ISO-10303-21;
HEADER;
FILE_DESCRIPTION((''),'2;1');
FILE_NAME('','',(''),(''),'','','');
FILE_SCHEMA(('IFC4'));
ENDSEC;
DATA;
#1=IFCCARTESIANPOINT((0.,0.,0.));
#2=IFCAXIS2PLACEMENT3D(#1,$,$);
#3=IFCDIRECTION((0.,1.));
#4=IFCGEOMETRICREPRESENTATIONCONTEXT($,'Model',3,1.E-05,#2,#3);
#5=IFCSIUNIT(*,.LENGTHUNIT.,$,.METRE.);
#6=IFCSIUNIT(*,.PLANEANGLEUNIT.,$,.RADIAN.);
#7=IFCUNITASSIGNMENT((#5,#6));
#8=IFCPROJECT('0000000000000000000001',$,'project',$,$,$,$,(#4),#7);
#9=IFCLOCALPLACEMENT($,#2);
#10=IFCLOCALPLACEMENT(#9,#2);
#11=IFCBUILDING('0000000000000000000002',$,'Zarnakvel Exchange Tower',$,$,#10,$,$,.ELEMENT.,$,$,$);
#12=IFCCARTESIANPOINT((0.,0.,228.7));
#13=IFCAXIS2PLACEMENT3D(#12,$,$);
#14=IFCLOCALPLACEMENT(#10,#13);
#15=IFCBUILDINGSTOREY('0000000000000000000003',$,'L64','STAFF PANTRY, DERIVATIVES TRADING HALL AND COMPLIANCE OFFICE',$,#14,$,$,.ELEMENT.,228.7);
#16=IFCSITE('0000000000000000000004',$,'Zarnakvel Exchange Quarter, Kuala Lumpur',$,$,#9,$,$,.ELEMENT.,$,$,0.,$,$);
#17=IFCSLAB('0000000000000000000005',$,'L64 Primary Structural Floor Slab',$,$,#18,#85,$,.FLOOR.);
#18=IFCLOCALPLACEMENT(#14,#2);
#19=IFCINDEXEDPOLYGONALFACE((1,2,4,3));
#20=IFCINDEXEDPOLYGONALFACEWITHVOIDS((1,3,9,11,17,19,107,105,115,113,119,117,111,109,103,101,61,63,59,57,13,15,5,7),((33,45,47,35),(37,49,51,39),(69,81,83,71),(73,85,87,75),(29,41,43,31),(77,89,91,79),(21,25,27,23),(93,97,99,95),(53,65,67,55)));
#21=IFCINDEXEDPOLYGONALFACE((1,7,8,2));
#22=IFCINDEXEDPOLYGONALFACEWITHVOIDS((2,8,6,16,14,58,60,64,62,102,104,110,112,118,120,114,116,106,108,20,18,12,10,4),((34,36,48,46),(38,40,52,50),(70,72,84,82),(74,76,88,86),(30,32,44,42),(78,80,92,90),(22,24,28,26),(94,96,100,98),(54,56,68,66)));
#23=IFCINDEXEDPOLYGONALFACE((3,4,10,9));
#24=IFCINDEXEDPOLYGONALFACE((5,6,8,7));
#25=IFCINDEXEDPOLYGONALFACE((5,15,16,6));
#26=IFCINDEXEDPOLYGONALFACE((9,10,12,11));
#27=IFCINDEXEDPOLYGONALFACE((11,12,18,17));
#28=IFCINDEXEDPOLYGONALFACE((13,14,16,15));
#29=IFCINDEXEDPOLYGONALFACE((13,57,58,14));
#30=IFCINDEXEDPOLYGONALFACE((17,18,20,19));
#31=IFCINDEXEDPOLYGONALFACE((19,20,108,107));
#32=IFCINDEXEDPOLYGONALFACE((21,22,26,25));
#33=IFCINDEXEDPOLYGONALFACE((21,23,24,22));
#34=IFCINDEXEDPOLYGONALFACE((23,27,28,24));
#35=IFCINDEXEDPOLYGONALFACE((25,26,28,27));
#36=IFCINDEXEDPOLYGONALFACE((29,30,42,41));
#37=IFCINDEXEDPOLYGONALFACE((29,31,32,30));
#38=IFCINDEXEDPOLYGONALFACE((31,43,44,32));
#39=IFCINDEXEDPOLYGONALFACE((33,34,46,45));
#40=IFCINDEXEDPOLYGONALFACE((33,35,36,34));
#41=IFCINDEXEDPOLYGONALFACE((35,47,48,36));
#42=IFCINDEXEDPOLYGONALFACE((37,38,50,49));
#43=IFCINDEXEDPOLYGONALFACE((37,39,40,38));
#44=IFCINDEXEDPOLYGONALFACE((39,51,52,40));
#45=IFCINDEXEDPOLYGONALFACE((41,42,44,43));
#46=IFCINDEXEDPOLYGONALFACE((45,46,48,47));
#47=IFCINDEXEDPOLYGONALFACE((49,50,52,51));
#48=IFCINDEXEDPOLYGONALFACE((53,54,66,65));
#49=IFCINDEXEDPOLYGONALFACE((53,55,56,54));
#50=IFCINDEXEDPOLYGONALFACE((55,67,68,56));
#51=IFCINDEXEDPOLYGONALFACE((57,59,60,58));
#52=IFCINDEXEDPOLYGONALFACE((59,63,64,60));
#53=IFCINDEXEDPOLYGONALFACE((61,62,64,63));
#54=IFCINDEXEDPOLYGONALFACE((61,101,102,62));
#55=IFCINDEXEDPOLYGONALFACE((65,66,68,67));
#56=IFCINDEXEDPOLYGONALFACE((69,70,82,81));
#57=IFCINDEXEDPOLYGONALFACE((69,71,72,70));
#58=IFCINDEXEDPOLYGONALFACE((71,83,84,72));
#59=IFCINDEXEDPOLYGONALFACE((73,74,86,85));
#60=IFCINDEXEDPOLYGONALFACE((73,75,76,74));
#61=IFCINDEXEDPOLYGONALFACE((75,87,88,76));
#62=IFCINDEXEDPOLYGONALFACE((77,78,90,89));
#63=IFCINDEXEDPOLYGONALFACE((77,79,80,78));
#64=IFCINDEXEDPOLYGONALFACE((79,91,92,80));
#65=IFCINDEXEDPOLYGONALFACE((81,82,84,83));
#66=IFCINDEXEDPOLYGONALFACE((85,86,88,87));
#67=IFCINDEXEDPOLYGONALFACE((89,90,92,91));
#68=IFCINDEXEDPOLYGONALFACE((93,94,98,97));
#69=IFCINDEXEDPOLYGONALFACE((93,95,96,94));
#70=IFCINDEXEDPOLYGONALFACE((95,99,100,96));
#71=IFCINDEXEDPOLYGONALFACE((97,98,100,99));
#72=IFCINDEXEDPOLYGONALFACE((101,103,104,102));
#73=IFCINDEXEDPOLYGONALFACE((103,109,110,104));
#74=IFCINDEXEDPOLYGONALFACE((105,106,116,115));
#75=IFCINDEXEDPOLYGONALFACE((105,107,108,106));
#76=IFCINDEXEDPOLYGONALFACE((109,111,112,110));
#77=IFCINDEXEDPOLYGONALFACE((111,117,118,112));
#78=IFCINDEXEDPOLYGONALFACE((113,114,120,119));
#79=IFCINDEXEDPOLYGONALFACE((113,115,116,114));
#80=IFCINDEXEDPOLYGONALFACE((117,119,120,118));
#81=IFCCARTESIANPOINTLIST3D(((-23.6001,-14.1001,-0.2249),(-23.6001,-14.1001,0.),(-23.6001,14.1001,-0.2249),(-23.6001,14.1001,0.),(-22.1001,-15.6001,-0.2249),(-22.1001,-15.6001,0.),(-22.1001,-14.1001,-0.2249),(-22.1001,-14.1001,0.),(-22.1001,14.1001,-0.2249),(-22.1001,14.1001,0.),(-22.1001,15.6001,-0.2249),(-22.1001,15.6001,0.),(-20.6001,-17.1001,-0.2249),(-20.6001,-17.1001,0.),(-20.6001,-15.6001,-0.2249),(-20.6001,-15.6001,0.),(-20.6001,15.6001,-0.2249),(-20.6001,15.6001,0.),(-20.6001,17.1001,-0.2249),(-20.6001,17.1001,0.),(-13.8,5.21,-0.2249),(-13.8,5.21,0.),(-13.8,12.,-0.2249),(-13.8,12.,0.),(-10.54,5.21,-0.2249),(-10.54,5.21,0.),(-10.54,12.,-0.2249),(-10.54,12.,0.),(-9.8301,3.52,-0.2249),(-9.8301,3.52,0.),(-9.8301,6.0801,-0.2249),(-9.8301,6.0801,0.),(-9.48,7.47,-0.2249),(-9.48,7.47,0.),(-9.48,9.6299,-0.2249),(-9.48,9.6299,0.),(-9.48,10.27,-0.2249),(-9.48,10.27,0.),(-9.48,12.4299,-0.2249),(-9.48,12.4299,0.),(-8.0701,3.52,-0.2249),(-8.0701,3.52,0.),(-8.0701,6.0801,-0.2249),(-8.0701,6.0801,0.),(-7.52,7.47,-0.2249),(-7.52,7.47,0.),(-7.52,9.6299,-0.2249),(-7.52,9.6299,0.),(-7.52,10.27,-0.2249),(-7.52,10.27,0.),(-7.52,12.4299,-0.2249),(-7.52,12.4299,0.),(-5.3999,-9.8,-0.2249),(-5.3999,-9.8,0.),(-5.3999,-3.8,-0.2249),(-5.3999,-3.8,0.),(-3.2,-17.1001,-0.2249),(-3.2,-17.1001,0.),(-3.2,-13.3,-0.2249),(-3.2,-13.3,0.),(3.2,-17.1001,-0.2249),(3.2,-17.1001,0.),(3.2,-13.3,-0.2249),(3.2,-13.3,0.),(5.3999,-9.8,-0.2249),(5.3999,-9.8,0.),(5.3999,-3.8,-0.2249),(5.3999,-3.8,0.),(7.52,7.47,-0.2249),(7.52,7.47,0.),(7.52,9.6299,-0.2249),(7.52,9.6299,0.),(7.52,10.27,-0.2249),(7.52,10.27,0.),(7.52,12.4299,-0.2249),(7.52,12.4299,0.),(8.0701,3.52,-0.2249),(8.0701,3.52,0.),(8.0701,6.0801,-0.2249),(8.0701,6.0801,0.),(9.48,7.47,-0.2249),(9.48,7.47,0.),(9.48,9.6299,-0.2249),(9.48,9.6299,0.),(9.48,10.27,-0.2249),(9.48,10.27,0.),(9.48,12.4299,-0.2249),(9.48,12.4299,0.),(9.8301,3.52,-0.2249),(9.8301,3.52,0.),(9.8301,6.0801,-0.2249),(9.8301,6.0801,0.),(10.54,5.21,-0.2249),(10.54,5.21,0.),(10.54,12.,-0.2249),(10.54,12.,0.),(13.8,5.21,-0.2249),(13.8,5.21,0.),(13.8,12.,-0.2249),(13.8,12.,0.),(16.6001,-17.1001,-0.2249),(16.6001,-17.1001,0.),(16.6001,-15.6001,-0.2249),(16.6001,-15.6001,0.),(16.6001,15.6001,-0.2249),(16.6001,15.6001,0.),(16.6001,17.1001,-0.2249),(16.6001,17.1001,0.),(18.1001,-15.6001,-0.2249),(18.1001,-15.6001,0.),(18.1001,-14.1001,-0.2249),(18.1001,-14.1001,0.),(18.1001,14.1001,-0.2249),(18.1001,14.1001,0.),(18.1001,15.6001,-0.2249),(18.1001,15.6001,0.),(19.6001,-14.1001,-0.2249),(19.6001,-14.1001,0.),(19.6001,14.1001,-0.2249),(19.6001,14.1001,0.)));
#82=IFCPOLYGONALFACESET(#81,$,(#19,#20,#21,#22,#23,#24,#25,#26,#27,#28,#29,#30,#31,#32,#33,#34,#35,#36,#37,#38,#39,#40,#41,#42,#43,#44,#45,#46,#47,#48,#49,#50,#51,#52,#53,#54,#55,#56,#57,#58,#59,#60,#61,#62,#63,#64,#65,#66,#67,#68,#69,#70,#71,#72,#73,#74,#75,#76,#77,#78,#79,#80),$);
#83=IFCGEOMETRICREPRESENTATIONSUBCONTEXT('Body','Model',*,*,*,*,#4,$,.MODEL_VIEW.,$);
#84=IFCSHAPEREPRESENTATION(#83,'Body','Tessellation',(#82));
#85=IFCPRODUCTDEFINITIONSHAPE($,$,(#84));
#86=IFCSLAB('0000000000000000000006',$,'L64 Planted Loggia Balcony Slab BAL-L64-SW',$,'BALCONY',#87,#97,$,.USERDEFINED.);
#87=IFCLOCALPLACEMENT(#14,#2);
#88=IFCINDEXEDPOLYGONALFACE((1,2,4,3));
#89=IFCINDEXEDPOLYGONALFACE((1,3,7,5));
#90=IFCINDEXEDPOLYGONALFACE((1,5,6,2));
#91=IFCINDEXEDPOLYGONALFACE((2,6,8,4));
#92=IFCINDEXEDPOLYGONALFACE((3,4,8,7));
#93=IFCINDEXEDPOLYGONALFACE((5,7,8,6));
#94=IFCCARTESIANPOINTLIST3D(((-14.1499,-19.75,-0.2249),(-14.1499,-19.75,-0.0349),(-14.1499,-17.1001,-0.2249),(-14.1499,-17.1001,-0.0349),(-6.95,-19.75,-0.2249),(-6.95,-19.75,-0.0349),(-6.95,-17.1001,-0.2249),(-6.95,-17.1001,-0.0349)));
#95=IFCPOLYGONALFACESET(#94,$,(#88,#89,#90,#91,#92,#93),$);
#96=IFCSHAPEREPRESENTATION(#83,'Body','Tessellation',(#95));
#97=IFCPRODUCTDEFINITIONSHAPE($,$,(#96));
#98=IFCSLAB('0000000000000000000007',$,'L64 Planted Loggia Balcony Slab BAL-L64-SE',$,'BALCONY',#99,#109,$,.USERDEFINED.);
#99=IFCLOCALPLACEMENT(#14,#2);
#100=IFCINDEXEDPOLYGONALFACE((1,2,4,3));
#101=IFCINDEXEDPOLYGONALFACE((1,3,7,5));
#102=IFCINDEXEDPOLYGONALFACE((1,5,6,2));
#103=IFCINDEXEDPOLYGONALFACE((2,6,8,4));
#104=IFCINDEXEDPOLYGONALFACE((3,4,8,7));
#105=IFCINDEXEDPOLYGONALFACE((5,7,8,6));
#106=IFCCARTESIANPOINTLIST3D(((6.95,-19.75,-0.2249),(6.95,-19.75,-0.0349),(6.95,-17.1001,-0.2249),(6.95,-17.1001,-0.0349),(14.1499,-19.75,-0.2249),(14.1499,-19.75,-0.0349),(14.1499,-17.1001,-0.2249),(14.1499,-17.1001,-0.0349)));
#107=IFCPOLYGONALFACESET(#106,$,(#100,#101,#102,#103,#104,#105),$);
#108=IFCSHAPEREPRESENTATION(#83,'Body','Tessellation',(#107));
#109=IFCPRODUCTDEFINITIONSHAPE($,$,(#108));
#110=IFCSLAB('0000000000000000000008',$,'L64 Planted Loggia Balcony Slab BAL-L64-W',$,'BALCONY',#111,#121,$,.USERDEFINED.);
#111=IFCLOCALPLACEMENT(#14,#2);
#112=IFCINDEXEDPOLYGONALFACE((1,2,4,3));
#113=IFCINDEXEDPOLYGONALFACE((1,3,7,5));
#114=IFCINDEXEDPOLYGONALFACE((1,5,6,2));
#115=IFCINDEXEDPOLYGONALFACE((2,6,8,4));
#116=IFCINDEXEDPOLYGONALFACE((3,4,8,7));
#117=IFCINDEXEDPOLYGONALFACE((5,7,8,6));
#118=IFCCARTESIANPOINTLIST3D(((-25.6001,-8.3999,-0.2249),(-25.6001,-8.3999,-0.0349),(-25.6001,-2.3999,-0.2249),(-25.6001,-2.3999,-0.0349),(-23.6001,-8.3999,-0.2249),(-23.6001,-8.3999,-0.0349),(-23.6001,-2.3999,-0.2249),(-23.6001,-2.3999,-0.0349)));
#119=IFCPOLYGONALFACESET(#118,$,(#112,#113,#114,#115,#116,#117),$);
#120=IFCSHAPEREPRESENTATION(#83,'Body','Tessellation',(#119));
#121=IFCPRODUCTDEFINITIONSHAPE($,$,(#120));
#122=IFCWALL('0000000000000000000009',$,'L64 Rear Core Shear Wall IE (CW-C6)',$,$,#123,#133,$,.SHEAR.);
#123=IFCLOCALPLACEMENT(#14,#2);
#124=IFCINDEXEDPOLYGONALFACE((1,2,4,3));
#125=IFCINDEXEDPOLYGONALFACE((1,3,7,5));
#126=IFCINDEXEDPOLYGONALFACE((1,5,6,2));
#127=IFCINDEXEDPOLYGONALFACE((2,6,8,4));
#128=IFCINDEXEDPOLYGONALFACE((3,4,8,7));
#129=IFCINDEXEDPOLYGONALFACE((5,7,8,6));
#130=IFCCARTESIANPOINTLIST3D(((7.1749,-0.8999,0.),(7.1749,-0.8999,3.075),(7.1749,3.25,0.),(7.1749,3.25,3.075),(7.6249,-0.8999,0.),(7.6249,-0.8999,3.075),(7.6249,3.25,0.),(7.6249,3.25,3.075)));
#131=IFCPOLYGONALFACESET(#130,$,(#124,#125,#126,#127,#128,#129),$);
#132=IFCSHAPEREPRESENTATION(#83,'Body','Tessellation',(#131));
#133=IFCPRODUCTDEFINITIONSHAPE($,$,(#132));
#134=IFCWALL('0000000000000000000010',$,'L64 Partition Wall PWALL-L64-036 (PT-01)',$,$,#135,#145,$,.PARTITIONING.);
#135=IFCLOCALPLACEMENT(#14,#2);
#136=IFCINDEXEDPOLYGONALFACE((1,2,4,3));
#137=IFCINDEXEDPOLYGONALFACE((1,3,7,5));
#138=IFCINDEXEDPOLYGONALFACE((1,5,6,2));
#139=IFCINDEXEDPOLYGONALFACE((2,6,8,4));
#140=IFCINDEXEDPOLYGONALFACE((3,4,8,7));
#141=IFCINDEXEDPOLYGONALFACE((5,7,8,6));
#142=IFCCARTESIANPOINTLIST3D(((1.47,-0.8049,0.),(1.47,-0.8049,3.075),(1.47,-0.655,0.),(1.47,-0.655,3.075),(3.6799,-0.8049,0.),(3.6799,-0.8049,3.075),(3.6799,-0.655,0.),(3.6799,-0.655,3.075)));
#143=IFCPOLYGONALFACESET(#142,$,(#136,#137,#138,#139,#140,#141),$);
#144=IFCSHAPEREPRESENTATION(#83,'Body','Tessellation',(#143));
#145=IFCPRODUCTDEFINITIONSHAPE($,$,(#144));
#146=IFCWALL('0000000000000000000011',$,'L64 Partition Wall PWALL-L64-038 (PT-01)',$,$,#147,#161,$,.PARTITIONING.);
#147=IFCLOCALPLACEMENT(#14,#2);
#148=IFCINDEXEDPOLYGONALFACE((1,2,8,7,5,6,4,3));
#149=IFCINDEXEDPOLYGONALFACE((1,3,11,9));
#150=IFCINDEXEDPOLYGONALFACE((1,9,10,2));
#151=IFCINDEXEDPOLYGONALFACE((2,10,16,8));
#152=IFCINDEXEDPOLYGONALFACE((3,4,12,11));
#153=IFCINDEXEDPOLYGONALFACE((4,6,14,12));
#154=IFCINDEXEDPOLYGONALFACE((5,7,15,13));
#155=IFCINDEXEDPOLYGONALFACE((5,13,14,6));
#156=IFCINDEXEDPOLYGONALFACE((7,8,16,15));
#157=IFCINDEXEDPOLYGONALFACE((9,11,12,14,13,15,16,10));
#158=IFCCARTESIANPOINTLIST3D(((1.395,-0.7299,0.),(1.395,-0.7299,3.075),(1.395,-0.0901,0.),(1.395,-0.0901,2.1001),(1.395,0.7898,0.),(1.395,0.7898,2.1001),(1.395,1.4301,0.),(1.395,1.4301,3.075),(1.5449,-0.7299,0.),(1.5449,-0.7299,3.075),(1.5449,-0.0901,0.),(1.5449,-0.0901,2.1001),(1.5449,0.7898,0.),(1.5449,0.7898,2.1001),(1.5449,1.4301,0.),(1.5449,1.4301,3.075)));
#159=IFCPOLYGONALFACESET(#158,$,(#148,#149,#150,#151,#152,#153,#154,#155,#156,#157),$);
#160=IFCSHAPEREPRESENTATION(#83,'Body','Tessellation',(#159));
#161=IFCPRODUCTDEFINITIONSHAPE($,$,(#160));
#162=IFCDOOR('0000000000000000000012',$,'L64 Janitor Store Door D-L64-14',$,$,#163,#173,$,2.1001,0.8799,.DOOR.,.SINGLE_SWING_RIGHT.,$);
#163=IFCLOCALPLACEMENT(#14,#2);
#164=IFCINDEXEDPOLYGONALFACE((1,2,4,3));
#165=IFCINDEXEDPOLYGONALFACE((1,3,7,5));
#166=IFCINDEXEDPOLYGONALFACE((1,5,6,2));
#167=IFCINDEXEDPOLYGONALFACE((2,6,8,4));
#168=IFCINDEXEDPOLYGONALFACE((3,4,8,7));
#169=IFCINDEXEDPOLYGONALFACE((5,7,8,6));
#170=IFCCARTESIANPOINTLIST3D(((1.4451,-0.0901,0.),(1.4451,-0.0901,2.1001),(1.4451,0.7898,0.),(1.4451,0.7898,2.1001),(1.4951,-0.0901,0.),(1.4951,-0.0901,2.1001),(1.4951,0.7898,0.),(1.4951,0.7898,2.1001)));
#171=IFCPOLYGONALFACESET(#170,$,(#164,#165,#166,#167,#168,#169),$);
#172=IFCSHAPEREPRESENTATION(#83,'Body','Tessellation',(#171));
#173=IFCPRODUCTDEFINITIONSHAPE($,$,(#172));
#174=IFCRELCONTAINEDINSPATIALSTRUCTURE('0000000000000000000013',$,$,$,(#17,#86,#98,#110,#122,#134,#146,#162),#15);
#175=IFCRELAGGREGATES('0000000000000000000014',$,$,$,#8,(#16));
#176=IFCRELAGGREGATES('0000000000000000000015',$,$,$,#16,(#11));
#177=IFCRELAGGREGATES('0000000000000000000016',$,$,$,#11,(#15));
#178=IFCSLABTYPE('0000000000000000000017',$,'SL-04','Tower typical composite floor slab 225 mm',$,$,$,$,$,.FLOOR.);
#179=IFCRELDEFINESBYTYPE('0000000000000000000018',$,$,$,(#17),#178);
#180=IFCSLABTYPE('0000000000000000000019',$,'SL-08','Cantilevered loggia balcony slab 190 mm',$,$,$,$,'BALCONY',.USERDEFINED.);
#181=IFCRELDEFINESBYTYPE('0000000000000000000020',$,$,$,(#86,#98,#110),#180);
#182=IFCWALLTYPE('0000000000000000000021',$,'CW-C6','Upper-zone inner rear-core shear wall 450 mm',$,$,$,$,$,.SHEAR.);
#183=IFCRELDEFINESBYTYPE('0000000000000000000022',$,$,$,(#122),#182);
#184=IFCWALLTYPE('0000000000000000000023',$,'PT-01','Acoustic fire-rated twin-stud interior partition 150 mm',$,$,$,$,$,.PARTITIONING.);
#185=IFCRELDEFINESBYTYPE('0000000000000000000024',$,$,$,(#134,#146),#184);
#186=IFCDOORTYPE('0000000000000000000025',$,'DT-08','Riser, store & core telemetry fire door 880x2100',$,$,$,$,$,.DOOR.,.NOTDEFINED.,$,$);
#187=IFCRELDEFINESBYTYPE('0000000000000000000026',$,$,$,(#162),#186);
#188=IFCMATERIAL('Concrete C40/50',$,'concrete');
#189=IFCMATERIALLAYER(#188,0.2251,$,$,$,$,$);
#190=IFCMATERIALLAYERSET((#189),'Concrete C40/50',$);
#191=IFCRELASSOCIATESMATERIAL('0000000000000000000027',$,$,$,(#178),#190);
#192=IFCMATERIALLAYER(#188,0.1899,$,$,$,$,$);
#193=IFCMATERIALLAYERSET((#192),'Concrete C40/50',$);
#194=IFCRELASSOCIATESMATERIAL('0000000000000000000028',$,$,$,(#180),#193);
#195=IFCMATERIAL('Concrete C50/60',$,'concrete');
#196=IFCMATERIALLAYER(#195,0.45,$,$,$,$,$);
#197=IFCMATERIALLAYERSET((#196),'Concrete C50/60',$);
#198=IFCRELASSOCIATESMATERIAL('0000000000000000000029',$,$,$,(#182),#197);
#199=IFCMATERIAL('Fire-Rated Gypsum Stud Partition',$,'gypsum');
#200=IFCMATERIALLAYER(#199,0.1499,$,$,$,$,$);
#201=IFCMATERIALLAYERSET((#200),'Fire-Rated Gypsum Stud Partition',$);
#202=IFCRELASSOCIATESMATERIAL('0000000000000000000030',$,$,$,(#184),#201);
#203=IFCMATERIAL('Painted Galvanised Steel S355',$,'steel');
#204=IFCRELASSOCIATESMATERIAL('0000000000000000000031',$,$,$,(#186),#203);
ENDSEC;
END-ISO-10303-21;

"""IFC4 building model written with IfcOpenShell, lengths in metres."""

from ifc_helpers import new_model, si_unit, direction, frame, frame_2d, origin, place, context, subcontext, project, spatial, polyline, rectangle, outline, extrude, source, transform, mapped, material, layer, layer_set, type_object, element, fill, save


model = new_model("IFC4")

# Units and contexts
model_context = context("Model", 3, precision=1e-05, world=origin(), true_north=direction((0.0, 1.0)))
body_context = subcontext(model_context, "Body", "Model", "MODEL_VIEW")
ifc_project = project(units=[si_unit("LENGTHUNIT", "METRE"), si_unit("PLANEANGLEUNIT", "RADIAN")], contexts=[model_context])

# Site, building, storey
site_placement = place(None, origin())
site = spatial("IfcSite", under=ifc_project, at=site_placement, Name="Zarnakvel Exchange Quarter, Kuala Lumpur", CompositionType="ELEMENT", RefElevation=0.0)
building_placement = place(site_placement, origin())
building = spatial("IfcBuilding", under=site, at=building_placement, Name="Zarnakvel Exchange Tower", CompositionType="ELEMENT")
storey_placement = place(building_placement, frame((0.0, 0.0, 228.7)))
storey = spatial("IfcBuildingStorey", under=building, at=storey_placement, Name="L64", Description="STAFF PANTRY, DERIVATIVES TRADING HALL AND COMPLIANCE OFFICE", CompositionType="ELEMENT", Elevation=228.7)

# Shared definitions
ifc_material_1 = material(Name="Concrete C50/60", Category="concrete")

# Shared definitions
ifc_material_2 = material(Name="Concrete C40/50", Category="concrete")

# Slabs
ifc_layer_1 = layer(ifc_material_2, 0.2251)
ifc_layer_set_1 = layer_set([ifc_layer_1], Name="Concrete C40/50")
slab_type_1 = type_object("IfcSlabType", Name="SL-04", Description="Tower typical composite floor slab 225 mm", PredefinedType="FLOOR", material=ifc_layer_set_1)
slab_1_placement = place(storey_placement, frame((0.0, 0.0, -0.2249)))
element("IfcSlab", 1, at=slab_1_placement, inside=storey, type_object=slab_type_1, Name="L64 Primary Structural Floor Slab", PredefinedType="FLOOR", context=body_context, shape_type="SweptSolid", body=[
    extrude(outline(polyline([(-23.6001, -14.1001), (-22.1001, -14.1001), (-22.1001, -15.6001), (-20.6001, -15.6001), (-20.6001, -17.1001), (-3.2, -17.1001), (-3.2, -13.3), (3.2, -13.3), (3.2, -17.1001), (16.6001, -17.1001), (16.6001, -15.6001), (18.1001, -15.6001), (18.1001, -14.1001), (19.6001, -14.1001), (19.6001, 14.1001), (18.1001, 14.1001), (18.1001, 15.6001), (16.6001, 15.6001), (16.6001, 17.1001), (-20.6001, 17.1001), (-20.6001, 15.6001), (-22.1001, 15.6001), (-22.1001, 14.1001), (-23.6001, 14.1001), (-23.6001, -14.1001)]), holes=[polyline([(-5.3999, -9.8), (5.3999, -9.8), (5.3999, -3.8), (-5.3999, -3.8), (-5.3999, -9.8)]), polyline([(-13.8, 5.21), (-10.54, 5.21), (-10.54, 12.0), (-13.8, 12.0), (-13.8, 5.21)]), polyline([(10.54, 5.21), (13.8, 5.21), (13.8, 12.0), (10.54, 12.0), (10.54, 5.21)]), polyline([(-9.8301, 3.52), (-8.0701, 3.52), (-8.0701, 6.0801), (-9.8301, 6.0801), (-9.8301, 3.52)]), polyline([(8.0701, 3.52), (9.8301, 3.52), (9.8301, 6.0801), (8.0701, 6.0801), (8.0701, 3.52)]), polyline([(-9.48, 7.47), (-7.52, 7.47), (-7.52, 9.6299), (-9.48, 9.6299), (-9.48, 7.47)]), polyline([(-9.48, 10.27), (-7.52, 10.27), (-7.52, 12.4299), (-9.48, 12.4299), (-9.48, 10.27)]), polyline([(7.52, 7.47), (9.48, 7.47), (9.48, 9.6299), (7.52, 9.6299), (7.52, 7.47)]), polyline([(7.52, 10.27), (9.48, 10.27), (9.48, 12.4299), (7.52, 12.4299), (7.52, 10.27)])]), origin(), (0.0, 0.0, 1.0), 0.2249),
])
ifc_layer_2 = layer(ifc_material_2, 0.1899)
ifc_layer_set_2 = layer_set([ifc_layer_2], Name="Concrete C40/50")
slab_type_2 = type_object("IfcSlabType", Name="SL-08", Description="Cantilevered loggia balcony slab 190 mm", ElementType="BALCONY", PredefinedType="USERDEFINED", material=ifc_layer_set_2)
slab_2_placement = place(storey_placement, frame((0.0, 0.0, -0.2249)))
element("IfcSlab", 2, at=slab_2_placement, inside=storey, type_object=slab_type_2, Name="L64 Planted Loggia Balcony Slab BAL-L64-SW", ObjectType="BALCONY", PredefinedType="USERDEFINED", context=body_context, shape_type="SweptSolid", body=[
    extrude(outline(polyline([(-14.1499, -19.75), (-6.95, -19.75), (-6.95, -17.1001), (-14.1499, -17.1001), (-14.1499, -19.75)])), origin(), (0.0, 0.0, 1.0), 0.1899),
])
slab_3_placement = place(storey_placement, frame((0.0, 0.0, -0.2249)))
element("IfcSlab", 3, at=slab_3_placement, inside=storey, type_object=slab_type_2, Name="L64 Planted Loggia Balcony Slab BAL-L64-SE", ObjectType="BALCONY", PredefinedType="USERDEFINED", context=body_context, shape_type="SweptSolid", body=[
    extrude(outline(polyline([(6.95, -19.75), (14.1499, -19.75), (14.1499, -17.1001), (6.95, -17.1001), (6.95, -19.75)])), origin(), (0.0, 0.0, 1.0), 0.1899),
])
slab_4_placement = place(storey_placement, frame((0.0, 0.0, -0.2249)))
element("IfcSlab", 4, at=slab_4_placement, inside=storey, type_object=slab_type_2, Name="L64 Planted Loggia Balcony Slab BAL-L64-W", ObjectType="BALCONY", PredefinedType="USERDEFINED", context=body_context, shape_type="SweptSolid", body=[
    extrude(outline(polyline([(-25.6001, -8.3999), (-23.6001, -8.3999), (-23.6001, -2.3999), (-25.6001, -2.3999), (-25.6001, -8.3999)])), origin(), (0.0, 0.0, 1.0), 0.1899),
])

# Walls
ifc_layer_3 = layer(ifc_material_1, 0.45)
ifc_layer_set_3 = layer_set([ifc_layer_3], Name="Concrete C50/60")
wall_type_1 = type_object("IfcWallType", Name="CW-C6", Description="Upper-zone inner rear-core shear wall 450 mm", PredefinedType="SHEAR", material=ifc_layer_set_3)
wall_1_placement = place(storey_placement, frame((7.3999, -0.8999, 0.0), z_axis=(0.0, 0.0, 1.0), x_axis=(0.0, 1.0, 0.0)))
element("IfcWall", 5, at=wall_1_placement, inside=storey, type_object=wall_type_1, Name="L64 Rear Core Shear Wall IE (CW-C6)", PredefinedType="SHEAR", context=body_context, shape_type="SweptSolid", body=[
    extrude(rectangle(XDim=4.1499, YDim=0.45, at=frame_2d((2.075, 0.0))), origin(), (0.0, 0.0, 1.0), 3.075),
])
ifc_material_3 = material(Name="Fire-Rated Gypsum Stud Partition", Category="gypsum")
ifc_layer_4 = layer(ifc_material_3, 0.1499)
ifc_layer_set_4 = layer_set([ifc_layer_4], Name="Fire-Rated Gypsum Stud Partition")
wall_type_2 = type_object("IfcWallType", Name="PT-01", Description="Acoustic fire-rated twin-stud interior partition 150 mm", PredefinedType="PARTITIONING", material=ifc_layer_set_4)
wall_2_placement = place(storey_placement, frame((3.6799, -0.73, 0.0), z_axis=(0.0, 0.0, 1.0), x_axis=(-1.0, 0.0, 0.0)))
element("IfcWall", 6, at=wall_2_placement, inside=storey, type_object=wall_type_2, Name="L64 Partition Wall PWALL-L64-036 (PT-01)", PredefinedType="PARTITIONING", context=body_context, shape_type="SweptSolid", body=[
    extrude(rectangle(XDim=2.21, YDim=0.1499, at=frame_2d((1.105, 0.0))), origin(), (0.0, 0.0, 1.0), 3.075),
])

# Wall, opening, door
wall_3_placement = place(storey_placement, frame((1.47, -0.73, 0.0), z_axis=(0.0, 0.0, 1.0), x_axis=(0.0, 1.0, 0.0)))
wall_3 = element("IfcWall", 7, at=wall_3_placement, inside=storey, type_object=wall_type_2, Name="L64 Partition Wall PWALL-L64-038 (PT-01)", PredefinedType="PARTITIONING", context=body_context, shape_type="SweptSolid", body=[
    extrude(rectangle(XDim=2.1599, YDim=0.1499, at=frame_2d((1.0801, 0.0))), origin(), (0.0, 0.0, 1.0), 3.075),
])
opening_1_placement = place(wall_3_placement, frame((0.6399, 0.0, 0.0)))
opening_1 = element("IfcOpeningElement", 8, at=opening_1_placement, cuts=wall_3, PredefinedType="OPENING", context=body_context, shape_type="SweptSolid", body=[
    extrude(rectangle(XDim=0.8799, YDim=2.1001, at=frame_2d((0.4399, 1.05))), frame((0.0, 0.085, 0.0), z_axis=(0.0, -1.0, 0.0), x_axis=(1.0, 0.0, 0.0)), (0.0, 0.0, 1.0), 0.1699),
])
ifc_material_4 = material(Name="Painted Galvanised Steel S355", Category="steel")
door_type_1 = type_object("IfcDoorType", Name="DT-08", Description="Riser, store & core telemetry fire door 880x2100", OperationType="NOTDEFINED", PredefinedType="DOOR", material=ifc_material_4)
shared_shape_1 = source(origin(), body_context, "Body", "SweptSolid", [
    extrude(rectangle(XDim=0.8799, YDim=2.1001, at=frame_2d((0.4399, 1.05))), frame((0.0, 0.0249, 0.0), z_axis=(0.0, -1.0, 0.0), x_axis=(1.0, 0.0, 0.0)), (0.0, 0.0, 1.0), 0.05),
])
door_1_placement = place(opening_1_placement, origin())
door_1 = element("IfcDoor", 9, at=door_1_placement, inside=storey, type_object=door_type_1, Name="L64 Janitor Store Door D-L64-14", OperationType="SINGLE_SWING_RIGHT", OverallHeight=2.1001, OverallWidth=0.8799, PredefinedType="DOOR", context=body_context, shape_type="MappedRepresentation", body=[
    mapped(shared_shape_1, transform((0.0, 0.0, 0.0), x_axis=(1.0, 0.0, 0.0), y_axis=(0.0, 1.0, 0.0), z_axis=(0.0, 0.0, 1.0), scale=1.0)),
])
fill(opening_1, door_1)

save(model, "model.ifc")
